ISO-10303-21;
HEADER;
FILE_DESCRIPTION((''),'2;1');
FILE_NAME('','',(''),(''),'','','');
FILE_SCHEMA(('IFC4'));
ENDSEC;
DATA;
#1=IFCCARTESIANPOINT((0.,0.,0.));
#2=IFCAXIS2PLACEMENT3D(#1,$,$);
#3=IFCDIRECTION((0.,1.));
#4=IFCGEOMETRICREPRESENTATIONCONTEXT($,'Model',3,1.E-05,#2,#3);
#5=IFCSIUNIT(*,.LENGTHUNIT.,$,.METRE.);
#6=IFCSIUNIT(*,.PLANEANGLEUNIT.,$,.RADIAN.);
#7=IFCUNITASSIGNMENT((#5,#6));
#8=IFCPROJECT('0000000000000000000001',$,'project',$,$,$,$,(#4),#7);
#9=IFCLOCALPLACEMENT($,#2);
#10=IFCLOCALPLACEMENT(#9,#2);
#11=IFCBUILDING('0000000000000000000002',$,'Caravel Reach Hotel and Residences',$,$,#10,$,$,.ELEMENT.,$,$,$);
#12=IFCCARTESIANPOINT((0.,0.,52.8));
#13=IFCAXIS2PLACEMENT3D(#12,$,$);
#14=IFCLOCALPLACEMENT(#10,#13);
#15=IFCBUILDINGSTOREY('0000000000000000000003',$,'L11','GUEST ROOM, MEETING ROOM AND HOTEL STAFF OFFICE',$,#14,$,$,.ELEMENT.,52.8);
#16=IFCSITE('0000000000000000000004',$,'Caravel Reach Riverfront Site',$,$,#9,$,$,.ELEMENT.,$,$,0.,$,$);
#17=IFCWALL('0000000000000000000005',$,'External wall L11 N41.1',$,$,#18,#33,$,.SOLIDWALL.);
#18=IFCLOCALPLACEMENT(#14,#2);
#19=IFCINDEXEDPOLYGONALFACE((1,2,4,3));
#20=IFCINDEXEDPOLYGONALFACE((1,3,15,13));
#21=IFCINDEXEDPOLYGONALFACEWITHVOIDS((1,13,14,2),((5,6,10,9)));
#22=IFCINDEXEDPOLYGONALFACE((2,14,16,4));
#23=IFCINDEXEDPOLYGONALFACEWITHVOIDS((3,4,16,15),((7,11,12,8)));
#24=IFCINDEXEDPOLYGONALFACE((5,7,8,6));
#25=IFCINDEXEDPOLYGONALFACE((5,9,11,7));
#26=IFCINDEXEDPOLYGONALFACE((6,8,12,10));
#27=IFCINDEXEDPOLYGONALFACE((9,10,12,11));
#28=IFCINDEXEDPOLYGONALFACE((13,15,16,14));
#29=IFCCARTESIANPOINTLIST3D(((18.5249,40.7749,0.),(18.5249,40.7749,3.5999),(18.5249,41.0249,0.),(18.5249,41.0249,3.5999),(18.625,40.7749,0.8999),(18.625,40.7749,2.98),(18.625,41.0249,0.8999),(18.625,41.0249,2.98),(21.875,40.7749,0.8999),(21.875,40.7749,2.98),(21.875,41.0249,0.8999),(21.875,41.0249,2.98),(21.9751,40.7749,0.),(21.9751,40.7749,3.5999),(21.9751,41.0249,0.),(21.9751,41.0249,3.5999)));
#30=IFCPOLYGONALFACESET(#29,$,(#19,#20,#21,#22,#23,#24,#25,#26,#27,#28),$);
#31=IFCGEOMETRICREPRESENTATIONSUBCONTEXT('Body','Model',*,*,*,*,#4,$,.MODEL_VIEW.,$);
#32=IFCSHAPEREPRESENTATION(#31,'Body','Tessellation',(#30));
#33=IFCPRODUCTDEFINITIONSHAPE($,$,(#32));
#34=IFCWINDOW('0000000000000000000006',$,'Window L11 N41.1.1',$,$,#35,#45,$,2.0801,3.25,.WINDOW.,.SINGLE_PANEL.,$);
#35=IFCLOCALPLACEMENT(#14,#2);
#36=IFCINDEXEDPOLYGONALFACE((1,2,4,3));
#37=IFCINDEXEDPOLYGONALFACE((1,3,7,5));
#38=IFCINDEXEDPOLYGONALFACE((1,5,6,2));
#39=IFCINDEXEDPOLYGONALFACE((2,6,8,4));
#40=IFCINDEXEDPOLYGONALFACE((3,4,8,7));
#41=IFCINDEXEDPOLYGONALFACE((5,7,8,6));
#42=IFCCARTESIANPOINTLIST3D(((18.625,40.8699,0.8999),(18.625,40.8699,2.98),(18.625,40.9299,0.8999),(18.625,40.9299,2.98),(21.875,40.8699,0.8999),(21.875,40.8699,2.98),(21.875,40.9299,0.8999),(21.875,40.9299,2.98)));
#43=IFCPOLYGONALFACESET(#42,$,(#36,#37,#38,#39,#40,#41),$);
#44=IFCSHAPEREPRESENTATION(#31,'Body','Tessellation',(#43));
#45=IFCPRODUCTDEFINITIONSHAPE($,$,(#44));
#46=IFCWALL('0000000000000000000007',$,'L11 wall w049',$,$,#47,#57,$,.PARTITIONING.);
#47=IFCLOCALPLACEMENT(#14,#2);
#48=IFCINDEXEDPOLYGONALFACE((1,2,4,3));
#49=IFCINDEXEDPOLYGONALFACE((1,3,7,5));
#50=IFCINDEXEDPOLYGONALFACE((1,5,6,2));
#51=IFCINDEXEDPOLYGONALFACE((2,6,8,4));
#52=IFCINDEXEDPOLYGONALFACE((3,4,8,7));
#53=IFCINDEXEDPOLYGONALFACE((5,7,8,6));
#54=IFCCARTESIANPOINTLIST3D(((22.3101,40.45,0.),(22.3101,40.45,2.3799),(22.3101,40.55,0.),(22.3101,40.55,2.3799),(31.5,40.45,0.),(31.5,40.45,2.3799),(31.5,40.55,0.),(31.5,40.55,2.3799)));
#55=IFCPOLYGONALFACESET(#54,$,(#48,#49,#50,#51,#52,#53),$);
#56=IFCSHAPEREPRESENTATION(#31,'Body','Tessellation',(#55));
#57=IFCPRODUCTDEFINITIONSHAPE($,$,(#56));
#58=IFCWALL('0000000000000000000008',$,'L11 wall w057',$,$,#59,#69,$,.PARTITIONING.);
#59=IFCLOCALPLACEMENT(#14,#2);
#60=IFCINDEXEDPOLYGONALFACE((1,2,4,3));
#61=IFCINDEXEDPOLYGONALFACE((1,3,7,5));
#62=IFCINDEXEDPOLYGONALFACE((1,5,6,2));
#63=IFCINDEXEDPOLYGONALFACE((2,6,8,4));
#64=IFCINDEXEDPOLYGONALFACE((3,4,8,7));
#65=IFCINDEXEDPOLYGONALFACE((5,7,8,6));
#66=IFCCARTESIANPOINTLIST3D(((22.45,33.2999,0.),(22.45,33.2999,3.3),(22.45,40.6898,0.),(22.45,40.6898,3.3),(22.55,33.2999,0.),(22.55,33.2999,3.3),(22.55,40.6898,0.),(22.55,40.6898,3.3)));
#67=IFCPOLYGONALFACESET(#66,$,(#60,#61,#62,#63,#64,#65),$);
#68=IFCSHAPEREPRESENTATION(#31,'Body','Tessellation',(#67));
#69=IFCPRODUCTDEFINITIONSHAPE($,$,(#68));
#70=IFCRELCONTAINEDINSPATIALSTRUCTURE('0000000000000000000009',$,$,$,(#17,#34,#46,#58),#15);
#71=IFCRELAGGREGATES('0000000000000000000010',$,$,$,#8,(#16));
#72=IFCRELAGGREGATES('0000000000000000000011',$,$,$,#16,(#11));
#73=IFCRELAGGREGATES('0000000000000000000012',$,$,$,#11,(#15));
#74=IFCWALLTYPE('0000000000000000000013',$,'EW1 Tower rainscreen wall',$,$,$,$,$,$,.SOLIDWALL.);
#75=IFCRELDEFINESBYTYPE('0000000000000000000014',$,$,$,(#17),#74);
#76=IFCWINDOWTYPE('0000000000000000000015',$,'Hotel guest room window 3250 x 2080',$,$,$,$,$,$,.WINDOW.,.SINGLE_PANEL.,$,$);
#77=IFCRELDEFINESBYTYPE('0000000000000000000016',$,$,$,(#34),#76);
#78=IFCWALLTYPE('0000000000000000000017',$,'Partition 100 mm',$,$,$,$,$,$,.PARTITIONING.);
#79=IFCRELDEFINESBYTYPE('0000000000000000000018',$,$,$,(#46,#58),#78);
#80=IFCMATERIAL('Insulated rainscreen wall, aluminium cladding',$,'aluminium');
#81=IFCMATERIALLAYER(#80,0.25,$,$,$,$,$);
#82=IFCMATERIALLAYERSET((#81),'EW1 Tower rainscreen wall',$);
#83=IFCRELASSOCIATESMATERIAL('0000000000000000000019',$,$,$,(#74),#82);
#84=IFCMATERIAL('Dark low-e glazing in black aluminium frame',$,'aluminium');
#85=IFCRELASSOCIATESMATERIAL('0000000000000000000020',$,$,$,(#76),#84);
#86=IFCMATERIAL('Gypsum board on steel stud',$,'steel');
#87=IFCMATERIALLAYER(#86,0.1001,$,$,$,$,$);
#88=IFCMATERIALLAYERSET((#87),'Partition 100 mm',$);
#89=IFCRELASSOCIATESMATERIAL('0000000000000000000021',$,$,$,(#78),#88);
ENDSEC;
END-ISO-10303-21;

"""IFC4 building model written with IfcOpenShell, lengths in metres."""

from ifc_helpers import new_model, si_unit, direction, frame, frame_2d, origin, place, context, subcontext, project, spatial, rectangle, extrude, material, layer, layer_set, type_object, element, fill, save


model = new_model("IFC4")

# Units and contexts
model_context = context("Model", 3, precision=1e-05, world=origin(), true_north=direction((0.0, 1.0)))
body_context = subcontext(model_context, "Body", "Model", "MODEL_VIEW")
ifc_project = project(units=[si_unit("LENGTHUNIT", "METRE"), si_unit("PLANEANGLEUNIT", "RADIAN")], contexts=[model_context])

# Site, building, storey
site_placement = place(None, origin())
site = spatial("IfcSite", under=ifc_project, at=site_placement, Name="Caravel Reach Riverfront Site", CompositionType="ELEMENT", RefElevation=0.0)
building_placement = place(site_placement, origin())
building = spatial("IfcBuilding", under=site, at=building_placement, Name="Caravel Reach Hotel and Residences", CompositionType="ELEMENT")
storey_placement = place(building_placement, frame((0.0, 0.0, 52.8)))
storey = spatial("IfcBuildingStorey", under=building, at=storey_placement, Name="L11", Description="GUEST ROOM, MEETING ROOM AND HOTEL STAFF OFFICE", CompositionType="ELEMENT", Elevation=52.8)

# Wall, opening, window
ifc_material_1 = material(Name="Insulated rainscreen wall, aluminium cladding", Category="aluminium")
ifc_layer_1 = layer(ifc_material_1, 0.25)
ifc_layer_set_1 = layer_set([ifc_layer_1], Name="EW1 Tower rainscreen wall")
wall_type_1 = type_object("IfcWallType", Name="EW1 Tower rainscreen wall", PredefinedType="SOLIDWALL", material=ifc_layer_set_1)
wall_1_placement = place(storey_placement, frame((21.9751, 40.8999, 0.0), z_axis=(0.0, 0.0, 1.0), x_axis=(-1.0, 0.0, 0.0)))
wall_1 = element("IfcWall", 1, at=wall_1_placement, inside=storey, type_object=wall_type_1, Name="External wall L11 N41.1", PredefinedType="SOLIDWALL", context=body_context, shape_type="SweptSolid", body=[
    extrude(rectangle(XDim=3.4502, YDim=0.25, at=frame_2d((1.7251, 0.0))), origin(), (0.0, 0.0, 1.0), 3.5999),
])
opening_1_placement = place(wall_1_placement, frame((0.1001, 0.0, 0.8999)))
opening_1 = element("IfcOpeningElement", 2, at=opening_1_placement, cuts=wall_1, PredefinedType="OPENING", context=body_context, shape_type="SweptSolid", body=[
    extrude(rectangle(XDim=3.25, YDim=2.0801, at=frame_2d((1.625, 1.04))), frame((0.0, 0.135, 0.0), z_axis=(0.0, -1.0, 0.0), x_axis=(1.0, 0.0, 0.0)), (0.0, 0.0, 1.0), 0.27),
])
ifc_material_2 = material(Name="Dark low-e glazing in black aluminium frame", Category="aluminium")
window_type = type_object("IfcWindowType", Name="Hotel guest room window 3250 x 2080", PartitioningType="SINGLE_PANEL", PredefinedType="WINDOW", material=ifc_material_2)
window_placement = place(opening_1_placement, origin())
window = element("IfcWindow", 3, at=window_placement, inside=storey, type_object=window_type, Name="Window L11 N41.1.1", OverallHeight=2.0801, OverallWidth=3.25, PartitioningType="SINGLE_PANEL", PredefinedType="WINDOW", context=body_context, shape_type="SweptSolid", body=[
    extrude(rectangle(XDim=3.25, YDim=2.0801, at=frame_2d((1.625, 1.04))), frame((0.0, 0.03, 0.0), z_axis=(0.0, -1.0, 0.0), x_axis=(1.0, 0.0, 0.0)), (0.0, 0.0, 1.0), 0.0601),
])
fill(opening_1, window)

# Walls
ifc_material_3 = material(Name="Gypsum board on steel stud", Category="steel")
ifc_layer_2 = layer(ifc_material_3, 0.1001)
ifc_layer_set_2 = layer_set([ifc_layer_2], Name="Partition 100 mm")
wall_type_2 = type_object("IfcWallType", Name="Partition 100 mm", PredefinedType="PARTITIONING", material=ifc_layer_set_2)
wall_2_placement = place(storey_placement, frame((22.3101, 40.5, 0.0), z_axis=(0.0, 0.0, 1.0), x_axis=(1.0, 0.0, 0.0)))
element("IfcWall", 4, at=wall_2_placement, inside=storey, type_object=wall_type_2, Name="L11 wall w049", PredefinedType="PARTITIONING", context=body_context, shape_type="SweptSolid", body=[
    extrude(rectangle(XDim=9.1899, YDim=0.1001, at=frame_2d((4.595, 0.0))), origin(), (0.0, 0.0, 1.0), 2.3799),
])
wall_3_placement = place(storey_placement, frame((22.5, 33.3, 0.0), z_axis=(0.0, 0.0, 1.0), x_axis=(0.0, 1.0, 0.0)))
element("IfcWall", 5, at=wall_3_placement, inside=storey, type_object=wall_type_2, Name="L11 wall w057", PredefinedType="PARTITIONING", context=body_context, shape_type="SweptSolid", body=[
    extrude(rectangle(XDim=7.3899, YDim=0.1001, at=frame_2d((3.6948, 0.0))), origin(), (0.0, 0.0, 1.0), 3.3),
])

save(model, "model.ifc")
